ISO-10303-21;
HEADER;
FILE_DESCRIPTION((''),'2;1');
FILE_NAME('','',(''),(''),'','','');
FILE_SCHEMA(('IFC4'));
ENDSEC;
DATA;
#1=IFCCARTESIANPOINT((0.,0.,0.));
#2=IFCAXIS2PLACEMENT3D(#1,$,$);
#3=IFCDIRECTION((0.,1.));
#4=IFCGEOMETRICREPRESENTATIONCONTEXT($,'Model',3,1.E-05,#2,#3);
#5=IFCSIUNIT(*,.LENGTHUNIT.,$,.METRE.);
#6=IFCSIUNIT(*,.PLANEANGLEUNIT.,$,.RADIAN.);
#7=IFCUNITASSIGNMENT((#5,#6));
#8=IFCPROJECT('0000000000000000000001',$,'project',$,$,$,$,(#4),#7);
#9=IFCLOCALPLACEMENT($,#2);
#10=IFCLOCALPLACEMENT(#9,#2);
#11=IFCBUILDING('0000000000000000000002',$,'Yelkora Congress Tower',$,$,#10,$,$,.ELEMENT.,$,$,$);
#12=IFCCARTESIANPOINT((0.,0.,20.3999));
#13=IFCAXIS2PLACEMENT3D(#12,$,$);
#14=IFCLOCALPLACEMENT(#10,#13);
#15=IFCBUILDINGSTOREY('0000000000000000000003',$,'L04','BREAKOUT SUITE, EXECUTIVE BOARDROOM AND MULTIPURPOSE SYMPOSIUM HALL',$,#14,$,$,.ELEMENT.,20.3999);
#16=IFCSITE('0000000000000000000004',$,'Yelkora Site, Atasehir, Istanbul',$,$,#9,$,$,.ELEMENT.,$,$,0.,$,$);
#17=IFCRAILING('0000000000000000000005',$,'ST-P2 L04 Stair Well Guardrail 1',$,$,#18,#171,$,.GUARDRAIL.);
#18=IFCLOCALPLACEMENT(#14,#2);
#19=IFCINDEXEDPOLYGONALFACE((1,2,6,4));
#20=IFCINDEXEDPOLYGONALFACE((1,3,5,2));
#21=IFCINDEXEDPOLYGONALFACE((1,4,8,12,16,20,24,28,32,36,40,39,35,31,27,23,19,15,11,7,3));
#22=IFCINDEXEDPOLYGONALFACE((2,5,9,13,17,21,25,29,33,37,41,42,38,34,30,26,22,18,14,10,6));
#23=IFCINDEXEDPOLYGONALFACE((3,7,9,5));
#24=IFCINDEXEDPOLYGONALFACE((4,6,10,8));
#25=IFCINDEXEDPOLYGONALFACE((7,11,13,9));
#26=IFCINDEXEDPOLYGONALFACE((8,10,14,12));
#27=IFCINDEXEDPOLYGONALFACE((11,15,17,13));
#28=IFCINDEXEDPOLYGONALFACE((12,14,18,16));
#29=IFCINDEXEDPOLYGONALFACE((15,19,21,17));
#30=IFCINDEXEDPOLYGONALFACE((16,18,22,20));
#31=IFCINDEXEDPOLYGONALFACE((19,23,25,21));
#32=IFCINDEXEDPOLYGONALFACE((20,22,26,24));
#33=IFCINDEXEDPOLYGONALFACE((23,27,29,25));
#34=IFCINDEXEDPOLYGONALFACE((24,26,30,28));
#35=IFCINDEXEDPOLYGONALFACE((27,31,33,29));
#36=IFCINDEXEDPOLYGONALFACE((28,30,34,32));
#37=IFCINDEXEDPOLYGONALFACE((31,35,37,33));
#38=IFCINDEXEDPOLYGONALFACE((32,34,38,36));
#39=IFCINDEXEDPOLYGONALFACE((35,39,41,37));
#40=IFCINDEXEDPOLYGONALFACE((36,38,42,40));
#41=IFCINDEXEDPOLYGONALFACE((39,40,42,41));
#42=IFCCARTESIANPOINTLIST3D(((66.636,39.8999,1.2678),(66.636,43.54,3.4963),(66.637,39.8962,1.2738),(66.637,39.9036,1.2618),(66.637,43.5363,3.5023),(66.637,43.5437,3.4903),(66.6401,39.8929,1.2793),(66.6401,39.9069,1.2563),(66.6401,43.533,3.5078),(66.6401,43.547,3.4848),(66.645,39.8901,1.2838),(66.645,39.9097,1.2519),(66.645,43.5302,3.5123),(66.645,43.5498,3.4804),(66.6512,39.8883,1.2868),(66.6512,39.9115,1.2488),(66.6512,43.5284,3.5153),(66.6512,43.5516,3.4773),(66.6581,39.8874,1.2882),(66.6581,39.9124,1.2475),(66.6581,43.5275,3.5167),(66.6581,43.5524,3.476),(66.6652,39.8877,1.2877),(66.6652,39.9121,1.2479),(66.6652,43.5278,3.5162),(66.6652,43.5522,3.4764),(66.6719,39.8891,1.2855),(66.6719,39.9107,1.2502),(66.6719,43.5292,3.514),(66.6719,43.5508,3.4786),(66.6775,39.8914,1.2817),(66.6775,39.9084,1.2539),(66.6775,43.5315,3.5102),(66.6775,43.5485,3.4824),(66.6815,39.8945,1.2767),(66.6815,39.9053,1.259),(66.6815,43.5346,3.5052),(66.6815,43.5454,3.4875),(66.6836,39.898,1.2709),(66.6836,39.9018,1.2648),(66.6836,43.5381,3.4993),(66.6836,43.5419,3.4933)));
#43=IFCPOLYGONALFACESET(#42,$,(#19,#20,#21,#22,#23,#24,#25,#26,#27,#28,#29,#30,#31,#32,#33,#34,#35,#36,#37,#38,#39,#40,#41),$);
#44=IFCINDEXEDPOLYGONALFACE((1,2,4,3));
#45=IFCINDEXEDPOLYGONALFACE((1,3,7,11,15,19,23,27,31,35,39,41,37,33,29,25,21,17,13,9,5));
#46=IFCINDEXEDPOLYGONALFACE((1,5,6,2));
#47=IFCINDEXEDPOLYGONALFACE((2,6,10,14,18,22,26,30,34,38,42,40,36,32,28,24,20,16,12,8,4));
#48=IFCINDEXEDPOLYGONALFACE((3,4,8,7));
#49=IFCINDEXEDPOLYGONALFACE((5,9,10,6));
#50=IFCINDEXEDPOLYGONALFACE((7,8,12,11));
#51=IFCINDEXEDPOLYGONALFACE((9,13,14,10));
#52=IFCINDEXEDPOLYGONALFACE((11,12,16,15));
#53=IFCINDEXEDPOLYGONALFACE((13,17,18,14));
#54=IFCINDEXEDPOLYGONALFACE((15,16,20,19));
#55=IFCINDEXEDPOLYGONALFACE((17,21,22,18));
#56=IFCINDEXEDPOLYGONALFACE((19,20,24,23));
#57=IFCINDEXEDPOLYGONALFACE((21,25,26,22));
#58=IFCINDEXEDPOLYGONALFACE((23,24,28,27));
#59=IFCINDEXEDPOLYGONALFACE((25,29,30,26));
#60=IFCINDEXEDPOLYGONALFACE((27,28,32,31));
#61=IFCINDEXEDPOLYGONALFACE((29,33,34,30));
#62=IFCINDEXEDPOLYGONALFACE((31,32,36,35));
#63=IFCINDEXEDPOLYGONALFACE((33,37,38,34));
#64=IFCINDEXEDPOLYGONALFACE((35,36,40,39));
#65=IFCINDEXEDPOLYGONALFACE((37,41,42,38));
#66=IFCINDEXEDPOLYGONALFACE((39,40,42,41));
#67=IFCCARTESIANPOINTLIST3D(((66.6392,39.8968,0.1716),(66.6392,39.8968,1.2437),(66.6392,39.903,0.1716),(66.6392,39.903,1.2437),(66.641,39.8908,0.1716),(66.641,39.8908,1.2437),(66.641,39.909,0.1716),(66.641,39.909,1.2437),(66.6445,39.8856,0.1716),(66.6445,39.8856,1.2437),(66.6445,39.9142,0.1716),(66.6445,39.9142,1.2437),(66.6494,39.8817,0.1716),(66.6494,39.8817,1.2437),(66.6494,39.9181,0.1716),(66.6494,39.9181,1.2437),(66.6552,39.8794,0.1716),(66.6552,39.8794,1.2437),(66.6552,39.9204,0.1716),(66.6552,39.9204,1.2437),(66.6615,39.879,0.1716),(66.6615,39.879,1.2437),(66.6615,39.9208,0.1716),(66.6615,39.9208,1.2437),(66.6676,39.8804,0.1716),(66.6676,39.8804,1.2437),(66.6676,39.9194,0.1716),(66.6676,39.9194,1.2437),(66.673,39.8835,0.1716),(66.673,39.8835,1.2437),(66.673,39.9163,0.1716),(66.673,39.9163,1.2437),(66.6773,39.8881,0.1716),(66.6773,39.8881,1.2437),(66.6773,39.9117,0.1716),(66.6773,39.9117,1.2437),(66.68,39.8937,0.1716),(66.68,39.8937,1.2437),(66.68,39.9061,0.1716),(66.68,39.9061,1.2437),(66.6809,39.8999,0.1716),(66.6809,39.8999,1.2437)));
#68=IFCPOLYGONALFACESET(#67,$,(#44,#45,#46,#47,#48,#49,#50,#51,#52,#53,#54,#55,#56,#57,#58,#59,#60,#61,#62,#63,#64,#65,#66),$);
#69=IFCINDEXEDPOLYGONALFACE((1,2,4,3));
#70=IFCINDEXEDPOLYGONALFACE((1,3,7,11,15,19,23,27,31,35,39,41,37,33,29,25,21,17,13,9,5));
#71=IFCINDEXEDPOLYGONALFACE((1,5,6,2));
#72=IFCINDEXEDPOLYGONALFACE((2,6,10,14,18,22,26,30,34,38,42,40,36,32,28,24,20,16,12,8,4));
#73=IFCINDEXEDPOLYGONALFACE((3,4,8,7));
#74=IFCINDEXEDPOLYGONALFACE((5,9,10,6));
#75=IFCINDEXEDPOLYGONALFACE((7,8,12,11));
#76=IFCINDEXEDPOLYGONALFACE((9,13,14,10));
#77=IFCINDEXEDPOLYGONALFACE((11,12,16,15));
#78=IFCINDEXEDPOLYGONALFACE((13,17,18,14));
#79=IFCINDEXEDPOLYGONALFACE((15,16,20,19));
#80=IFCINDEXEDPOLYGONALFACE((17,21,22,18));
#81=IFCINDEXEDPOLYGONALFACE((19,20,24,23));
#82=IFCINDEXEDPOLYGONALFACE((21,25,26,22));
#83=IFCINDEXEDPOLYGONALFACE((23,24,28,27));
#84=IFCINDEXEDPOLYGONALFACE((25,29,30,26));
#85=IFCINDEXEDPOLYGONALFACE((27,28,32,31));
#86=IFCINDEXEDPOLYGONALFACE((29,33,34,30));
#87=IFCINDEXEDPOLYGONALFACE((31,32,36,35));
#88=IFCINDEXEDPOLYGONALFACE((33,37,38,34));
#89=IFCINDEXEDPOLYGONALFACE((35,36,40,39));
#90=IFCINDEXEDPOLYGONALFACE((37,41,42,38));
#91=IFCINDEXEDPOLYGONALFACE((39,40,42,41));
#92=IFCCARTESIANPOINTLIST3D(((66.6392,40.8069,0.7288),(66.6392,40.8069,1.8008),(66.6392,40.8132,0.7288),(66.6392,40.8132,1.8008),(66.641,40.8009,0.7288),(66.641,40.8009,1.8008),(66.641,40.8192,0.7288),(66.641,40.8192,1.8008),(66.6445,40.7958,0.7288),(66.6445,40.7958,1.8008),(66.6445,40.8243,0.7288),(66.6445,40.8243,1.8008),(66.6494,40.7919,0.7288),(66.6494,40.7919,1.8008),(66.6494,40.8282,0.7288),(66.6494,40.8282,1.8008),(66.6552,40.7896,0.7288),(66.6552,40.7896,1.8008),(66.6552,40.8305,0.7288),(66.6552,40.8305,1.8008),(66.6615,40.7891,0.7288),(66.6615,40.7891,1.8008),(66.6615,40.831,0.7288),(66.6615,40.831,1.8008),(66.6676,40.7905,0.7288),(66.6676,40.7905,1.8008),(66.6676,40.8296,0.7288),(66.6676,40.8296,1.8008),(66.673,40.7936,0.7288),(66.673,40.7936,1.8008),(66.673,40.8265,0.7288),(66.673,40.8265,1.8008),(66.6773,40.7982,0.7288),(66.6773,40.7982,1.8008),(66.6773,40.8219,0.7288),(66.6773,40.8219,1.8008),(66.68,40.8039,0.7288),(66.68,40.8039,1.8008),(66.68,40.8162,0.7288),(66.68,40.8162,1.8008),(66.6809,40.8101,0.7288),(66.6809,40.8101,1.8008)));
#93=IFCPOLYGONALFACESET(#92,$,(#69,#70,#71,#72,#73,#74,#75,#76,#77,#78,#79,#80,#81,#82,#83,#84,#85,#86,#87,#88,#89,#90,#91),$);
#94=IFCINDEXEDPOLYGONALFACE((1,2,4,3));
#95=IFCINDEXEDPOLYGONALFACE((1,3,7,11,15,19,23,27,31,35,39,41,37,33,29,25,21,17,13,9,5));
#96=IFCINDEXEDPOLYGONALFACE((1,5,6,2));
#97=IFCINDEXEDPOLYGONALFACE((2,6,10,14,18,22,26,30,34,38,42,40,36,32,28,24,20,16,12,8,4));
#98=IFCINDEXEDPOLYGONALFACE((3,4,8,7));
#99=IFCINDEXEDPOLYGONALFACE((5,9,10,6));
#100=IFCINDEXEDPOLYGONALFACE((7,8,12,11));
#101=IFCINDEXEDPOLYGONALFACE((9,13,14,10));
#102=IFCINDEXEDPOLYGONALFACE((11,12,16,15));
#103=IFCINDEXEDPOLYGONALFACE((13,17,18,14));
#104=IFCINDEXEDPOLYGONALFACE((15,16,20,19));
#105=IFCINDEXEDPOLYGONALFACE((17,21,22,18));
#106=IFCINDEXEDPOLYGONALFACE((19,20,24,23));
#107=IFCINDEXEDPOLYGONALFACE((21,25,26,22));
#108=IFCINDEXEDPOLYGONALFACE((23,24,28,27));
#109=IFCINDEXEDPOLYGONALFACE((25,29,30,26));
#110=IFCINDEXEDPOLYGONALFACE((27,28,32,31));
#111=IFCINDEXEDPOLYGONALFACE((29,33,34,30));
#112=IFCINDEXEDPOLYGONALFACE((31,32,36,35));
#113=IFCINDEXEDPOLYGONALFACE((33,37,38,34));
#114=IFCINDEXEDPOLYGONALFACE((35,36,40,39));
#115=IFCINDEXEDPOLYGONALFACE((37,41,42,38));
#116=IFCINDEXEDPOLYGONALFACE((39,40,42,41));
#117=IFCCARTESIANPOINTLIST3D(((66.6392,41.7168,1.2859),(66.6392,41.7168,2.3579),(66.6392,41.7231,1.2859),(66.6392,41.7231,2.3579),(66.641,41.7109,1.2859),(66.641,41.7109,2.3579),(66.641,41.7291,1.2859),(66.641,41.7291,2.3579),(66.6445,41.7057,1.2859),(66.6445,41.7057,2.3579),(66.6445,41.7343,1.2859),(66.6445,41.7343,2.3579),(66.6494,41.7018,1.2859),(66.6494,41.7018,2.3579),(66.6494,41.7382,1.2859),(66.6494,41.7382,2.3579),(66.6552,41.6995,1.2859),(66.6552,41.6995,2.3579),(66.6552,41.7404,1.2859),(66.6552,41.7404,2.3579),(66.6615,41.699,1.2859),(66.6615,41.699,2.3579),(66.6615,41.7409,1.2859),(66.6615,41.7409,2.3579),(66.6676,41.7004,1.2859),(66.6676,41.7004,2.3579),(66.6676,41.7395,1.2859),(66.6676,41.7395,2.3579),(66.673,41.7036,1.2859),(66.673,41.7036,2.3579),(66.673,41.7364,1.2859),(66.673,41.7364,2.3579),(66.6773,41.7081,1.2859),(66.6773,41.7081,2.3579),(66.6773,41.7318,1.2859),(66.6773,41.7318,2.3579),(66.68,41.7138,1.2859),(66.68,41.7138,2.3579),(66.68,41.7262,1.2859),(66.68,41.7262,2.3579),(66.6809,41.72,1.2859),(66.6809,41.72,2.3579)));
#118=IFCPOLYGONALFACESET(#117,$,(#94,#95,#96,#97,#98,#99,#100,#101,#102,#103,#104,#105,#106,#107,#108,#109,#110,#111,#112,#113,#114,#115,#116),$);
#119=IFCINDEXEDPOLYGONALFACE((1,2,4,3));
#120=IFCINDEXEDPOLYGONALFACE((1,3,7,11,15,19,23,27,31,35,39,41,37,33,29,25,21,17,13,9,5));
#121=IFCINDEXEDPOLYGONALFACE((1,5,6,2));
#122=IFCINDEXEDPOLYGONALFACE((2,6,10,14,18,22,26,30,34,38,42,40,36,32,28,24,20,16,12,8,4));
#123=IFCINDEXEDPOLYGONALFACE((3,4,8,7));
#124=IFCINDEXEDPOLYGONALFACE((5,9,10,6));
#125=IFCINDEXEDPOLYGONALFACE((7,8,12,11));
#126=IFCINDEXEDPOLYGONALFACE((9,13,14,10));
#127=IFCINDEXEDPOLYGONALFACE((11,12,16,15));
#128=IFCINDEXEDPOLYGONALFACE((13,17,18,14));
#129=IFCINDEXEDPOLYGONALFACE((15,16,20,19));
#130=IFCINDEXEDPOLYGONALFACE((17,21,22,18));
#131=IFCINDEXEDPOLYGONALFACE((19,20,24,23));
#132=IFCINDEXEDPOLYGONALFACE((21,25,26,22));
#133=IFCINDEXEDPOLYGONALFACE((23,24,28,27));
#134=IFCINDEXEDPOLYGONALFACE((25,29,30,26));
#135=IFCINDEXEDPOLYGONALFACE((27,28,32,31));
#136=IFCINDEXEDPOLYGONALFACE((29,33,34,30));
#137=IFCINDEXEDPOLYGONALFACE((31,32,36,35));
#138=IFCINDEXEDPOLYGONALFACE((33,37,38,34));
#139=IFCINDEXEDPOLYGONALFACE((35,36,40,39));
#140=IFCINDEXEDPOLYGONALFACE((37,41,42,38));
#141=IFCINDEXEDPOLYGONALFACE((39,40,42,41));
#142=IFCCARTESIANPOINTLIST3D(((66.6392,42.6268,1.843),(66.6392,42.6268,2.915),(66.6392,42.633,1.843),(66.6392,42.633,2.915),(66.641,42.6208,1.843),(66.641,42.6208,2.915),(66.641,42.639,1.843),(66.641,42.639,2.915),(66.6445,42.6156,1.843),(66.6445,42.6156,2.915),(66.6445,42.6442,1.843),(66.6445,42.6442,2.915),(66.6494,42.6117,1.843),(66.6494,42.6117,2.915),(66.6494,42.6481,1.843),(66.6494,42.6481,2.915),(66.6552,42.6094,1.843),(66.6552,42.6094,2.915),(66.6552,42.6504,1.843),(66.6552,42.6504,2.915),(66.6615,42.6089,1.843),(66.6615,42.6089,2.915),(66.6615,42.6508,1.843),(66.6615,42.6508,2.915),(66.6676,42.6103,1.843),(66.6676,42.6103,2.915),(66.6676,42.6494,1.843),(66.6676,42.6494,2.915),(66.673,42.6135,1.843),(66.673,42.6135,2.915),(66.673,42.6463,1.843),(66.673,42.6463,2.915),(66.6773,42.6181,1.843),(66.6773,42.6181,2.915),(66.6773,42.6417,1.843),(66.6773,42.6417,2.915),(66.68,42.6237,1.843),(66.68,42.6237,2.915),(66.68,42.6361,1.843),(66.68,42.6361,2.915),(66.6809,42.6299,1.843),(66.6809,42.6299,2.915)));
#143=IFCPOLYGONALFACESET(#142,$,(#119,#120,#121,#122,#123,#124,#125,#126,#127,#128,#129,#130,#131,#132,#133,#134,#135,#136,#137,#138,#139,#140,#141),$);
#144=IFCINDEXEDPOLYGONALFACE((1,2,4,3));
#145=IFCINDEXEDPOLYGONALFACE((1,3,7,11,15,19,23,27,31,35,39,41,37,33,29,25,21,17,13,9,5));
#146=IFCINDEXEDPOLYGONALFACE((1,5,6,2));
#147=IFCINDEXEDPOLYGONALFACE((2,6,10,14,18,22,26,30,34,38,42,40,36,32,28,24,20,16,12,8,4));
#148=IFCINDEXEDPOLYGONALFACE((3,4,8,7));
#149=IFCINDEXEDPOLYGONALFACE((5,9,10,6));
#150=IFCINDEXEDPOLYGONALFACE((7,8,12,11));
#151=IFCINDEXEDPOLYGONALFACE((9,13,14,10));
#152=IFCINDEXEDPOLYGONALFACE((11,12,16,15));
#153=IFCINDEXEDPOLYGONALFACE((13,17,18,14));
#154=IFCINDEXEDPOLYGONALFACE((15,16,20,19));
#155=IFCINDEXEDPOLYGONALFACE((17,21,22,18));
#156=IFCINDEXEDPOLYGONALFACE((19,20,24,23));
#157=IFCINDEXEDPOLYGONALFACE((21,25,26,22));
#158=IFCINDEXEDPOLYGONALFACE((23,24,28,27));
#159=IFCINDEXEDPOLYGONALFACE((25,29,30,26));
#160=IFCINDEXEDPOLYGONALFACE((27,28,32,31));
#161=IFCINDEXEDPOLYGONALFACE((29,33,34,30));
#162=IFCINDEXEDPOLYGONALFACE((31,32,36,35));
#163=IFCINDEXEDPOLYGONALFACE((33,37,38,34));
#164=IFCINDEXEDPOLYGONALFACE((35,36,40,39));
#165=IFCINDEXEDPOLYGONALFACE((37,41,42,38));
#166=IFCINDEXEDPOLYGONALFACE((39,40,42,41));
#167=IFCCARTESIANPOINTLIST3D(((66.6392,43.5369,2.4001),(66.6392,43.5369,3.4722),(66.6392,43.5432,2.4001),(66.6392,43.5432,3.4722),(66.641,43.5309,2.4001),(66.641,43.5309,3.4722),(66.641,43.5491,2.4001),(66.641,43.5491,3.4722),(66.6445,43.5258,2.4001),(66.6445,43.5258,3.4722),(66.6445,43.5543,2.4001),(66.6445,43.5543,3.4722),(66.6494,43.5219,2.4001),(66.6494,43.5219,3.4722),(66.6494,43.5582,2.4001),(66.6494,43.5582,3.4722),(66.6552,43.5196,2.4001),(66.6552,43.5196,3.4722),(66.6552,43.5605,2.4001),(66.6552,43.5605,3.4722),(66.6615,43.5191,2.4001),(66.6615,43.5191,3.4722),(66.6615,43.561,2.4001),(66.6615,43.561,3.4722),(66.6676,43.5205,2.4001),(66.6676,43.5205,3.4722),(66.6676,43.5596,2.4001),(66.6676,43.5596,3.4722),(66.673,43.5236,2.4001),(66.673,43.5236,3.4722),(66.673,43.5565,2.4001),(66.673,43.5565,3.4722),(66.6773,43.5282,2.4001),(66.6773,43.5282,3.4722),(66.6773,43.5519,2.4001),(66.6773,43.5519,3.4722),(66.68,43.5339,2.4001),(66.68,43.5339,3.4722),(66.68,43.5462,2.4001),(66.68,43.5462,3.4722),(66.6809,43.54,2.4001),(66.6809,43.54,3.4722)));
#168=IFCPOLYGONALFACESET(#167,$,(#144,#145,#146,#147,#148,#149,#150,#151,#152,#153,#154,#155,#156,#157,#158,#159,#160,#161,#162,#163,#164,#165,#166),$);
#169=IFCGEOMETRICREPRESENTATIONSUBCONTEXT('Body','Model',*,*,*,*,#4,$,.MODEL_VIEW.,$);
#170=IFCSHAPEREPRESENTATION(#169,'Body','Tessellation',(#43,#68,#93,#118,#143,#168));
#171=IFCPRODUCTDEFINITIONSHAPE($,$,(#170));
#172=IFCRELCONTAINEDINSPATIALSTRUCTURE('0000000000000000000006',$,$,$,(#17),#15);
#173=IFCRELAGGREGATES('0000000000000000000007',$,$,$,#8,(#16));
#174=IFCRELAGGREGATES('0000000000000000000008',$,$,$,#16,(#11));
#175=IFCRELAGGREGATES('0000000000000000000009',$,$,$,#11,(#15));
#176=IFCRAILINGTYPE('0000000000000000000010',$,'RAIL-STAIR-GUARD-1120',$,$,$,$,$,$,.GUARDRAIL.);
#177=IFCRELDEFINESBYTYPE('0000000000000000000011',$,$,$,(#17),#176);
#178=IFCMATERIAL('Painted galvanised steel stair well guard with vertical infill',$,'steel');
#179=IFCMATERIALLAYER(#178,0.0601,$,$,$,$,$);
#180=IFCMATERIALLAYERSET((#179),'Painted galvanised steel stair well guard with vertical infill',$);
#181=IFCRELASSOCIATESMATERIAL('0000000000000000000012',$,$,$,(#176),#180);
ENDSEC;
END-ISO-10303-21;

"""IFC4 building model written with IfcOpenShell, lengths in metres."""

from ifc_helpers import new_model, si_unit, direction, frame, origin, origin_2d, place, context, subcontext, project, spatial, circle, extrude, material, layer, layer_set, type_object, element, save


model = new_model("IFC4")

# Units and contexts
model_context = context("Model", 3, precision=1e-05, world=origin(), true_north=direction((0.0, 1.0)))
body_context = subcontext(model_context, "Body", "Model", "MODEL_VIEW")
ifc_project = project(units=[si_unit("LENGTHUNIT", "METRE"), si_unit("PLANEANGLEUNIT", "RADIAN")], contexts=[model_context])

# Site, building, storey
site_placement = place(None, origin())
site = spatial("IfcSite", under=ifc_project, at=site_placement, Name="Yelkora Site, Atasehir, Istanbul", CompositionType="ELEMENT", RefElevation=0.0)
building_placement = place(site_placement, origin())
building = spatial("IfcBuilding", under=site, at=building_placement, Name="Yelkora Congress Tower", CompositionType="ELEMENT")
storey_placement = place(building_placement, frame((0.0, 0.0, 20.3999)))
storey = spatial("IfcBuildingStorey", under=building, at=storey_placement, Name="L04", Description="BREAKOUT SUITE, EXECUTIVE BOARDROOM AND MULTIPURPOSE SYMPOSIUM HALL", CompositionType="ELEMENT", Elevation=20.3999)

# Railing
ifc_material_1 = material(Name="Painted galvanised steel stair well guard with vertical infill", Category="steel")
ifc_layer_1 = layer(ifc_material_1, 0.0601)
ifc_layer_set_1 = layer_set([ifc_layer_1], Name="Painted galvanised steel stair well guard with vertical infill")
railing_type_1 = type_object("IfcRailingType", Name="RAIL-STAIR-GUARD-1120", PredefinedType="GUARDRAIL", material=ifc_layer_set_1)
railing_1_placement = place(storey_placement, frame((66.6599, 39.8999, 0.1716)))
element("IfcRailing", 1, at=railing_1_placement, inside=storey, type_object=railing_type_1, Name="ST-P2 L04 Stair Well Guardrail 1", PredefinedType="GUARDRAIL", context=body_context, shape_type="SweptSolid", body=[
    extrude(circle(Radius=0.0239, at=origin_2d()), frame((0.0, 0.0, 1.0962), z_axis=(0.0, 0.852866, 0.52213), x_axis=(-1.0, 0.0, 0.0)), (0.0, 0.0, 1.0), 4.2681),
    extrude(circle(Radius=0.021, at=origin_2d()), origin(), (0.0, 0.0, 1.0), 1.072),
    extrude(circle(Radius=0.021, at=origin_2d()), frame((0.0, 0.9102, 0.5571)), (0.0, 0.0, 1.0), 1.072),
    extrude(circle(Radius=0.021, at=origin_2d()), frame((0.0, 1.8201, 1.1143)), (0.0, 0.0, 1.0), 1.072),
    extrude(circle(Radius=0.021, at=origin_2d()), frame((0.0, 2.73, 1.6714)), (0.0, 0.0, 1.0), 1.072),
    extrude(circle(Radius=0.021, at=origin_2d()), frame((0.0, 3.6401, 2.2285)), (0.0, 0.0, 1.0), 1.072),
])

save(model, "model.ifc")
